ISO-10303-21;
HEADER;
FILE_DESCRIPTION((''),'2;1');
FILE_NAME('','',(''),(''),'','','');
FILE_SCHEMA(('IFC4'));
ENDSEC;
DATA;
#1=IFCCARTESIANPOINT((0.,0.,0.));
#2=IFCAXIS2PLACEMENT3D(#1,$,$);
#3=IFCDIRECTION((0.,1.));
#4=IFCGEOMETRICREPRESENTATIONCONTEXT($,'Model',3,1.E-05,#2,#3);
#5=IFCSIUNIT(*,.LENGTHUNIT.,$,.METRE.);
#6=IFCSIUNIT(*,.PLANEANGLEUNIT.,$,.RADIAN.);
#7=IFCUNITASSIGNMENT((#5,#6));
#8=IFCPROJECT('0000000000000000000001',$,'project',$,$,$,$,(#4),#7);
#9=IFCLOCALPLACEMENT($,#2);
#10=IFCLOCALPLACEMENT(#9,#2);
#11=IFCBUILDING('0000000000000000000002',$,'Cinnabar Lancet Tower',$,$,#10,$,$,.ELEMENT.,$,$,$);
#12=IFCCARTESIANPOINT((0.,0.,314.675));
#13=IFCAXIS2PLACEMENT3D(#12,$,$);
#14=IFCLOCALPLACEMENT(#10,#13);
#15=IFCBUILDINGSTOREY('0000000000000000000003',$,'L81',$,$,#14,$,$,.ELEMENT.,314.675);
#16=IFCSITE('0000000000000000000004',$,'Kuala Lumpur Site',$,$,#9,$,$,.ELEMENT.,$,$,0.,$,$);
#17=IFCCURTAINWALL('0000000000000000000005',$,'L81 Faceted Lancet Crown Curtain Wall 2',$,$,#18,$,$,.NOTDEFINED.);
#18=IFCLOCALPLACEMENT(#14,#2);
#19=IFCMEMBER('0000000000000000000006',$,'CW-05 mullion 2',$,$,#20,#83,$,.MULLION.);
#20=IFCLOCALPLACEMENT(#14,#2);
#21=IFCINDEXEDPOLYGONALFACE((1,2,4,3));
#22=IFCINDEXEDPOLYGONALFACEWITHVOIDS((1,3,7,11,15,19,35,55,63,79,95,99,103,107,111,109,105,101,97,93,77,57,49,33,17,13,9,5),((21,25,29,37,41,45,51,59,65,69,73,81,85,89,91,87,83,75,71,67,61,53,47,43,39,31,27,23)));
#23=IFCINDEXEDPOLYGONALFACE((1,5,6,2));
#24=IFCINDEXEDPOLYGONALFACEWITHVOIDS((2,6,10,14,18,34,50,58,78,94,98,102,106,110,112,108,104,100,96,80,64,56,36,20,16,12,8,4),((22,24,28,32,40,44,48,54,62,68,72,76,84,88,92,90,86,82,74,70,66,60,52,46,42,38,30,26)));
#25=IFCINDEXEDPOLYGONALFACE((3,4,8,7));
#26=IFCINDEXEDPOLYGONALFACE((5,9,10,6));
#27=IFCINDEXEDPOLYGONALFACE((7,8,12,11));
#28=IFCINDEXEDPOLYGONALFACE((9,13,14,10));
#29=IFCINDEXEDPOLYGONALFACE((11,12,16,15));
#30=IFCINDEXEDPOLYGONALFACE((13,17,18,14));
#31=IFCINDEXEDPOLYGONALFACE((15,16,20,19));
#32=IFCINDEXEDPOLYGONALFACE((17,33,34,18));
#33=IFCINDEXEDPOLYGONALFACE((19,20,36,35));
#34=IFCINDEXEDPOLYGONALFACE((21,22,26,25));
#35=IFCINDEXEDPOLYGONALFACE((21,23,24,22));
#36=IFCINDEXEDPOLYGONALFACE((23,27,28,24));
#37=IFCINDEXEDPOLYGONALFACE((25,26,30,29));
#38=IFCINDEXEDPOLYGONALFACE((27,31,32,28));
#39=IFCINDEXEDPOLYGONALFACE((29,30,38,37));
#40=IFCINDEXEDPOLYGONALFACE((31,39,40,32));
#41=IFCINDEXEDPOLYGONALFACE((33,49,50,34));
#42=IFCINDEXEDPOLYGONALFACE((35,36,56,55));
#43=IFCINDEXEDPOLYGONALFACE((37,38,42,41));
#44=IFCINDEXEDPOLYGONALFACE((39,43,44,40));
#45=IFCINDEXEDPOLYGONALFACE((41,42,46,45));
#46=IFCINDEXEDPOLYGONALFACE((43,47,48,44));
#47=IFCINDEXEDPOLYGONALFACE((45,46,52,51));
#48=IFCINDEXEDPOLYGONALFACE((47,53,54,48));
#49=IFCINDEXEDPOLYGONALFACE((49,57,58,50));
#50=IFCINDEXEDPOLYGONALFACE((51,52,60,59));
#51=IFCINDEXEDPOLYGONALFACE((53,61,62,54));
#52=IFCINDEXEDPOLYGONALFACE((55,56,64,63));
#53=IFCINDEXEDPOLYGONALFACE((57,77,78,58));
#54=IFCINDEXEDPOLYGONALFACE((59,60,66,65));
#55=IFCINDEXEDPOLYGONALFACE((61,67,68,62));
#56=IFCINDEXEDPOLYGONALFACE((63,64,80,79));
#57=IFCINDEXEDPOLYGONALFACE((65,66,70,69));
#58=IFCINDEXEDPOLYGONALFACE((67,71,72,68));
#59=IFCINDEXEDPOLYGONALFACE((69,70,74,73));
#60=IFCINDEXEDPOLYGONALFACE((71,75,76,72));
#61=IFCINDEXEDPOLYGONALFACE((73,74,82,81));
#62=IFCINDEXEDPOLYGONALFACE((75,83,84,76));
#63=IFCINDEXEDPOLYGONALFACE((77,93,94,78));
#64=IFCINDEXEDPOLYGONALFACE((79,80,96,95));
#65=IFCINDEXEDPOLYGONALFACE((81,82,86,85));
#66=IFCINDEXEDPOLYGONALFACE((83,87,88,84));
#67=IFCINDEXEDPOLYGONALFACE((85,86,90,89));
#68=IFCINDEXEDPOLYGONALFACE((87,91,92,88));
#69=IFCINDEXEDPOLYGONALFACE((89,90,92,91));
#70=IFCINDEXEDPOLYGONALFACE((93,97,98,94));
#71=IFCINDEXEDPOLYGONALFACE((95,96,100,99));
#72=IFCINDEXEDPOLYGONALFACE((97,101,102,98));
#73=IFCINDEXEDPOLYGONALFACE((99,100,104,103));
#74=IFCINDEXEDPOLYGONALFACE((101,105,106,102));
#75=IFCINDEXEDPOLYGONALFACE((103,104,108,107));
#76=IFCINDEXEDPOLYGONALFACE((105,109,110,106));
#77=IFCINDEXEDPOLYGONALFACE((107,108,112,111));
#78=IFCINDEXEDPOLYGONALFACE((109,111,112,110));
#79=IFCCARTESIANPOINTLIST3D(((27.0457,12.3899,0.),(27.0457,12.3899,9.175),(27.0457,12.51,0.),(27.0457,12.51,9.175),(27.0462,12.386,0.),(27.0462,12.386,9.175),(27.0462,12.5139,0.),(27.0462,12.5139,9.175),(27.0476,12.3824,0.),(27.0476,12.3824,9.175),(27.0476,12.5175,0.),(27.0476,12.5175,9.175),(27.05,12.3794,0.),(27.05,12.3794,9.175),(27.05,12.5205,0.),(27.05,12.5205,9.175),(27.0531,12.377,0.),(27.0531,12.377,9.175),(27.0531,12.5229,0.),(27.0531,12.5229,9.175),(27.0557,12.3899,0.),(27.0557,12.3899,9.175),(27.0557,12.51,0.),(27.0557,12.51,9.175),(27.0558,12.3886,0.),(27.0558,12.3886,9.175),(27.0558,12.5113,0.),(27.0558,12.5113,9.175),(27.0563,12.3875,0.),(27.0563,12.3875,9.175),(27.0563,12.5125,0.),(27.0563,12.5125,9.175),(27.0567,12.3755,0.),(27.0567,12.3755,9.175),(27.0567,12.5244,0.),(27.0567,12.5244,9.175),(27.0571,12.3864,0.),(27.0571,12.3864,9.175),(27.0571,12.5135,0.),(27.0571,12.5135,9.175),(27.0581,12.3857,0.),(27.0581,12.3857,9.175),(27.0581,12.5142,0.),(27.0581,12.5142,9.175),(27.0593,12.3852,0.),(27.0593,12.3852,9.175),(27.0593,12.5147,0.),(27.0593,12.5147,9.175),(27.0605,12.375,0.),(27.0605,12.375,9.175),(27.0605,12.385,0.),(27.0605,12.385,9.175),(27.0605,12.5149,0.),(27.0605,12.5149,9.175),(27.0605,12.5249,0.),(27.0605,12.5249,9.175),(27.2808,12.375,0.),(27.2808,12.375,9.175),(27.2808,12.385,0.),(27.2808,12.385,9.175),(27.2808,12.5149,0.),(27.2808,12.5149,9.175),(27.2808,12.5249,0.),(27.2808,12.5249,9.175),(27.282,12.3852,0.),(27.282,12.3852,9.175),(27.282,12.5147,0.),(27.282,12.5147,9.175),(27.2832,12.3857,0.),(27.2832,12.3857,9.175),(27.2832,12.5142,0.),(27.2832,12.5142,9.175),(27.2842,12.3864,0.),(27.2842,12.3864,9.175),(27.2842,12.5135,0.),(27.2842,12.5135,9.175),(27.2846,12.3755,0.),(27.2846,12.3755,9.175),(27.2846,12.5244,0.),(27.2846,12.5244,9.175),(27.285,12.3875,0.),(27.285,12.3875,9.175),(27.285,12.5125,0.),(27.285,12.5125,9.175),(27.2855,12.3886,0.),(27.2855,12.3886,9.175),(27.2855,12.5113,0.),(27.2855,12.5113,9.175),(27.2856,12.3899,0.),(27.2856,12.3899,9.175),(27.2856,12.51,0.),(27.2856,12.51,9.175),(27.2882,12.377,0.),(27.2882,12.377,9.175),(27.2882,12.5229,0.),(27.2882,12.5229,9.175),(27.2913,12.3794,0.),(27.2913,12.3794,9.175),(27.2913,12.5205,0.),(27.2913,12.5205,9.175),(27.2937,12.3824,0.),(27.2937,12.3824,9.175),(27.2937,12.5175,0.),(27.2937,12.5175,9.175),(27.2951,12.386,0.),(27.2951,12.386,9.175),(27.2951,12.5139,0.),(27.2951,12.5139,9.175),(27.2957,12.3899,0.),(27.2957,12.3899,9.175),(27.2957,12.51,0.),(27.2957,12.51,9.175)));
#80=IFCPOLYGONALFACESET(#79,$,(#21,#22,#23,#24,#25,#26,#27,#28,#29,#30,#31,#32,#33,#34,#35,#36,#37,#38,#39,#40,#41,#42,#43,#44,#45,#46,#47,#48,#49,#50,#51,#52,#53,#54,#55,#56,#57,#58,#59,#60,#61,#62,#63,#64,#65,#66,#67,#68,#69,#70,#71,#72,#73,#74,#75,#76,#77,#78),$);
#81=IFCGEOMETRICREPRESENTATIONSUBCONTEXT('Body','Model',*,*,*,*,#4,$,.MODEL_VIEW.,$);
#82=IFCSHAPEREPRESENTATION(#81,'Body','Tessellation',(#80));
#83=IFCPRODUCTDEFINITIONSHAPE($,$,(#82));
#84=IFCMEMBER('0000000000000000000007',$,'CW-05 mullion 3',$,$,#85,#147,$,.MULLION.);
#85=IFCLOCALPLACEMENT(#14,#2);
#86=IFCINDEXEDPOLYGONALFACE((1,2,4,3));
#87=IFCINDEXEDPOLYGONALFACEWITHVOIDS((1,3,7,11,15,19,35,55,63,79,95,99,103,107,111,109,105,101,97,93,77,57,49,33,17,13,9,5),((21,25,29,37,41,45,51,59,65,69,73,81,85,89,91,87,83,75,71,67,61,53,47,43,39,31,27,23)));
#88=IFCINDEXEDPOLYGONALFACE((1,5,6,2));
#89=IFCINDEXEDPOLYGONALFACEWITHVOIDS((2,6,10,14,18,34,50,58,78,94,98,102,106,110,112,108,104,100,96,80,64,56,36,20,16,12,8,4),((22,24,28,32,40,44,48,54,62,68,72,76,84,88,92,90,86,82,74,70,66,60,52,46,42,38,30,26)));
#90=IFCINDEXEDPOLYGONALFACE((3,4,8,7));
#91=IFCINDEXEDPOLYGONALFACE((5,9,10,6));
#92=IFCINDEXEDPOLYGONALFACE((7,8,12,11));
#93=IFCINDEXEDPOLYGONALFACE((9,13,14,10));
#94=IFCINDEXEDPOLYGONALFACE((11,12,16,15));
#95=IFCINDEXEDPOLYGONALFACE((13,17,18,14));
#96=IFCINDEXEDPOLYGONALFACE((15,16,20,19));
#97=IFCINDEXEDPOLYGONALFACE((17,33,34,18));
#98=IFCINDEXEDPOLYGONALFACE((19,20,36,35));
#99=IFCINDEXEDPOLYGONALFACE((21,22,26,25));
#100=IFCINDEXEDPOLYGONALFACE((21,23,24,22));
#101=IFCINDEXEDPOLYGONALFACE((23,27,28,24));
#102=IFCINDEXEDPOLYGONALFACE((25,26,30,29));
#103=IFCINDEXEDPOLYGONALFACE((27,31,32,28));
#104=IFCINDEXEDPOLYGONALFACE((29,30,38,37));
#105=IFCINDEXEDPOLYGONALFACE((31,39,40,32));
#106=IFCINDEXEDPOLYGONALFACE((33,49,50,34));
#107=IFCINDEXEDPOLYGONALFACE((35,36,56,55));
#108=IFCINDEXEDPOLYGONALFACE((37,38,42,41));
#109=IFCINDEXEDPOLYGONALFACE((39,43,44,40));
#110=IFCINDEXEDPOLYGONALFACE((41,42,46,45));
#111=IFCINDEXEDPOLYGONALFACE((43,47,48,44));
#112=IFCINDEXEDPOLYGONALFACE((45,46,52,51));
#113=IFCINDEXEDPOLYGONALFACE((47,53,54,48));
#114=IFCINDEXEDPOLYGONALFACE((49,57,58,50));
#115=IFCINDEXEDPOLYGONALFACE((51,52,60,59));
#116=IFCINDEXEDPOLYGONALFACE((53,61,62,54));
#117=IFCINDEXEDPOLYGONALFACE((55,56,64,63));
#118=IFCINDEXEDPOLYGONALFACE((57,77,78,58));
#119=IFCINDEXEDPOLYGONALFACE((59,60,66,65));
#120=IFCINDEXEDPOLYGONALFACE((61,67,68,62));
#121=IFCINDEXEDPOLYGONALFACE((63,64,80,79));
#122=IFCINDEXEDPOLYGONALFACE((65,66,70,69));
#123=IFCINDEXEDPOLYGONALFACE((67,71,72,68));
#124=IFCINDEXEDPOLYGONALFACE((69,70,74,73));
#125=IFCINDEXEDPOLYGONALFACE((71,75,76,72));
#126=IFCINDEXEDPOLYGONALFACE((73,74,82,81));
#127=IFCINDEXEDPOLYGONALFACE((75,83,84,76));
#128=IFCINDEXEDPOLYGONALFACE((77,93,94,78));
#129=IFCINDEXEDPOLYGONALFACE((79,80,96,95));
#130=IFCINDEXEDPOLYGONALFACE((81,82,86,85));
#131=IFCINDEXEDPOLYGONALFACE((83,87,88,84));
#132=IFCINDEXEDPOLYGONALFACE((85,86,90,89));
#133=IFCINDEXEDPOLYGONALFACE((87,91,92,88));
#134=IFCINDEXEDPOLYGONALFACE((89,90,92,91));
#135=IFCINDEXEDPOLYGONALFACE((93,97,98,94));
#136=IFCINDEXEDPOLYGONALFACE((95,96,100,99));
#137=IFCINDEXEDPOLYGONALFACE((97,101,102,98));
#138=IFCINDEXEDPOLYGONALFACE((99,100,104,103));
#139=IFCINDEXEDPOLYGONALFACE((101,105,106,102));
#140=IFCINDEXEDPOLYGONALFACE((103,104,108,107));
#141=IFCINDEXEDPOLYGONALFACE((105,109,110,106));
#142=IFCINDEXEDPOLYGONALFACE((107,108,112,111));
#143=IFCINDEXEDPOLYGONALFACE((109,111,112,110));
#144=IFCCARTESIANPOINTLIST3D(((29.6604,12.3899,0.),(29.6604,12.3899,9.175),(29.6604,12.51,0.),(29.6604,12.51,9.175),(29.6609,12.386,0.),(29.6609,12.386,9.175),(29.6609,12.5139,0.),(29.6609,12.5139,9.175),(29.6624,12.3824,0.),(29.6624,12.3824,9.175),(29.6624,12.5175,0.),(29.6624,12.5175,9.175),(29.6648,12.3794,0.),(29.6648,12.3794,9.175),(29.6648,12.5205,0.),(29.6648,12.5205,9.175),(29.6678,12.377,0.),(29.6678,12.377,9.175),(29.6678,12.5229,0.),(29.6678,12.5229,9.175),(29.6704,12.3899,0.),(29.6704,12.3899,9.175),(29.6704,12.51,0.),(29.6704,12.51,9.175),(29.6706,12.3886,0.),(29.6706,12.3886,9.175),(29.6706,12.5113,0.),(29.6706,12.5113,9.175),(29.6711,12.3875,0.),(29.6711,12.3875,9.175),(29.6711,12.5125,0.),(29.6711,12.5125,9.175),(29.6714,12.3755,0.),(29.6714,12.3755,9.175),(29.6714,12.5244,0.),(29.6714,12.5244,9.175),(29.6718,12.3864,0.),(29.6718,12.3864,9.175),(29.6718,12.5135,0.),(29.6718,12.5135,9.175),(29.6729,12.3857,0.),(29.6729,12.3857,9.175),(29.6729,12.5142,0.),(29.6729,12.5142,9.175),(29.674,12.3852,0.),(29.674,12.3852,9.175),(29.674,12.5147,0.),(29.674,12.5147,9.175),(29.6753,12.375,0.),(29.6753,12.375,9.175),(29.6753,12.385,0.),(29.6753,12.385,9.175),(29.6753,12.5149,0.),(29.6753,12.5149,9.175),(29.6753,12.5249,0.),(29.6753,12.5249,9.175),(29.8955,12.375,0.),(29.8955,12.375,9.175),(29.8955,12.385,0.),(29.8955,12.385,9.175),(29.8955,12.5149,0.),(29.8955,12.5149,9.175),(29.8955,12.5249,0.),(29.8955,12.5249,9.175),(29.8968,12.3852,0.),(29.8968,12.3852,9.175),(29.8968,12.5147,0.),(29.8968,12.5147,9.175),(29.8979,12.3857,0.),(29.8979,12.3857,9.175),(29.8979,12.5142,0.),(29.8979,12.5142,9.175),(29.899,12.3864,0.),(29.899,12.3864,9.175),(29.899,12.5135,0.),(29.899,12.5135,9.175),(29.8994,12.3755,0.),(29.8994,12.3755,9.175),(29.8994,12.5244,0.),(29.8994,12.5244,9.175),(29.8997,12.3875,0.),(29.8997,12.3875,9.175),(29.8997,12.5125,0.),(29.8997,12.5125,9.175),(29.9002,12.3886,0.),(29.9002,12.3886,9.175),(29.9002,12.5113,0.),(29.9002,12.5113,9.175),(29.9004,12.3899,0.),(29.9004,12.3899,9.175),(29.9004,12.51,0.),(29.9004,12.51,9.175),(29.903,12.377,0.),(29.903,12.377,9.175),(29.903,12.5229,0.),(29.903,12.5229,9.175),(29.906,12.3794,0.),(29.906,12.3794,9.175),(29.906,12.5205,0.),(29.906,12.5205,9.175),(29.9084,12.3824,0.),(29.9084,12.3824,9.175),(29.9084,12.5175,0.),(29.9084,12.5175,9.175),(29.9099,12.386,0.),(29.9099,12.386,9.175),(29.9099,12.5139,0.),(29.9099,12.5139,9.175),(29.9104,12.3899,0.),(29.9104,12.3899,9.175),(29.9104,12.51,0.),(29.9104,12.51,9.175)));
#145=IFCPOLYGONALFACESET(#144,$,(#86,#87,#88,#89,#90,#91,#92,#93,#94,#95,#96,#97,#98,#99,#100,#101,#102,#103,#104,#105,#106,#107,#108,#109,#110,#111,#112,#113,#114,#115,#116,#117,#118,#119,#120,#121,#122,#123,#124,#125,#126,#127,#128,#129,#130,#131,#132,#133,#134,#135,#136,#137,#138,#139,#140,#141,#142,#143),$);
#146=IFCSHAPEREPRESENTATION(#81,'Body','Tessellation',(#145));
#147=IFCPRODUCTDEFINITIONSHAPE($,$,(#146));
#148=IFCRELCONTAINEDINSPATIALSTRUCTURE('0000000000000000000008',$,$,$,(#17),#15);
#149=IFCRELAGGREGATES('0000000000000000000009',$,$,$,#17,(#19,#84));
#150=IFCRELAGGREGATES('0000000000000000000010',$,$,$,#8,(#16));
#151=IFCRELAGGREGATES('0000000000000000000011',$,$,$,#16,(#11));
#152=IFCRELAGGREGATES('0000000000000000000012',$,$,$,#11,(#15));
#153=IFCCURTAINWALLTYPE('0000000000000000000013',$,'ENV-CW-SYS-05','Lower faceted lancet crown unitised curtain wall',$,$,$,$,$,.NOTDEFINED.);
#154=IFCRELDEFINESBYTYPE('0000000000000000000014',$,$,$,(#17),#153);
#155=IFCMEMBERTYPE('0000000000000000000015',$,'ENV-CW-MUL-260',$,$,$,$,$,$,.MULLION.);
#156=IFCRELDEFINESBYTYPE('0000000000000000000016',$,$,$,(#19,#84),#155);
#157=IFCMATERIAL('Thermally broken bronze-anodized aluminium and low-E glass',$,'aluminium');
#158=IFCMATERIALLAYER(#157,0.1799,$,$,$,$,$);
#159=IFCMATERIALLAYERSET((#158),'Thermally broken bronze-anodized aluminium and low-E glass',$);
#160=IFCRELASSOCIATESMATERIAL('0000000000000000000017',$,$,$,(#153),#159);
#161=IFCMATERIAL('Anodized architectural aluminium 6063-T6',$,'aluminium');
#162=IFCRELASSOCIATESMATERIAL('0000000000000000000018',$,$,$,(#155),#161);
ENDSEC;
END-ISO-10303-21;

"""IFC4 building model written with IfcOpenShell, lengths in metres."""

from ifc_helpers import new_model, si_unit, direction, frame, origin, origin_2d, place, context, subcontext, project, spatial, hollow_rectangle, extrude, material, layer, layer_set, material_profile, profile_set, type_object, element, aggregate, save


model = new_model("IFC4")

# Units and contexts
model_context = context("Model", 3, precision=1e-05, world=origin(), true_north=direction((0.0, 1.0)))
body_context = subcontext(model_context, "Body", "Model", "MODEL_VIEW")
ifc_project = project(units=[si_unit("LENGTHUNIT", "METRE"), si_unit("PLANEANGLEUNIT", "RADIAN")], contexts=[model_context])

# Site, building, storey
site_placement = place(None, origin())
site = spatial("IfcSite", under=ifc_project, at=site_placement, Name="Kuala Lumpur Site", CompositionType="ELEMENT", RefElevation=0.0)
building_placement = place(site_placement, origin())
building = spatial("IfcBuilding", under=site, at=building_placement, Name="Cinnabar Lancet Tower", CompositionType="ELEMENT")
storey_placement = place(building_placement, frame((0.0, 0.0, 314.675)))
storey = spatial("IfcBuildingStorey", under=building, at=storey_placement, Name="L81", CompositionType="ELEMENT", Elevation=314.675)

# Shared definitions
ifc_material_1 = material(Name="Thermally broken bronze-anodized aluminium and low-E glass", Category="aluminium")
ifc_layer_1 = layer(ifc_material_1, 0.1799)
ifc_layer_set_1 = layer_set([ifc_layer_1], Name="Thermally broken bronze-anodized aluminium and low-E glass")
curtain_wall_type = type_object("IfcCurtainWallType", Name="ENV-CW-SYS-05", Description="Lower faceted lancet crown unitised curtain wall", PredefinedType="NOTDEFINED", material=ifc_layer_set_1)
ifc_material_2 = material(Name="Anodized architectural aluminium 6063-T6", Category="aluminium")
ifc_material_profile_1 = material_profile(ifc_material_2, hollow_rectangle(XDim=0.1499, YDim=0.25, WallThickness=0.01, InnerFilletRadius=0.0049, OuterFilletRadius=0.0149, at=origin_2d()), Name="RHS 250x150x10")
ifc_profile_set_1 = profile_set([ifc_material_profile_1], Name="Anodized architectural aluminium 6063-T6")
member_type_1 = type_object("IfcMemberType", Name="ENV-CW-MUL-260", PredefinedType="MULLION", material=ifc_profile_set_1)

# Curtain wall, members
curtain_wall_1_placement = place(storey_placement, origin())
curtain_wall_1 = element("IfcCurtainWall", 1, at=curtain_wall_1_placement, inside=storey, type_object=curtain_wall_type, Name="L81 Faceted Lancet Crown Curtain Wall 2", PredefinedType="NOTDEFINED")
member_1_placement = place(storey_placement, frame((27.1707, 12.45, 0.0), z_axis=(0.0, 0.0, 1.0), x_axis=(0.0, 1.0, 0.0)))
member_1 = element("IfcMember", 2, at=member_1_placement, type_object=member_type_1, Name="CW-05 mullion 2", PredefinedType="MULLION", context=body_context, shape_type="SweptSolid", body=[
    extrude(hollow_rectangle(XDim=0.1499, YDim=0.25, WallThickness=0.01, InnerFilletRadius=0.0049, OuterFilletRadius=0.0149, at=origin_2d()), origin(), (0.0, 0.0, 1.0), 9.175),
])
member_2_placement = place(storey_placement, frame((29.7854, 12.45, 0.0), z_axis=(0.0, 0.0, 1.0), x_axis=(0.0, 1.0, 0.0)))
member_2 = element("IfcMember", 3, at=member_2_placement, type_object=member_type_1, Name="CW-05 mullion 3", PredefinedType="MULLION", context=body_context, shape_type="SweptSolid", body=[
    extrude(hollow_rectangle(XDim=0.1499, YDim=0.25, WallThickness=0.01, InnerFilletRadius=0.0049, OuterFilletRadius=0.0149, at=origin_2d()), origin(), (0.0, 0.0, 1.0), 9.175),
])

aggregate(curtain_wall_1, [member_1, member_2])

save(model, "model.ifc")
